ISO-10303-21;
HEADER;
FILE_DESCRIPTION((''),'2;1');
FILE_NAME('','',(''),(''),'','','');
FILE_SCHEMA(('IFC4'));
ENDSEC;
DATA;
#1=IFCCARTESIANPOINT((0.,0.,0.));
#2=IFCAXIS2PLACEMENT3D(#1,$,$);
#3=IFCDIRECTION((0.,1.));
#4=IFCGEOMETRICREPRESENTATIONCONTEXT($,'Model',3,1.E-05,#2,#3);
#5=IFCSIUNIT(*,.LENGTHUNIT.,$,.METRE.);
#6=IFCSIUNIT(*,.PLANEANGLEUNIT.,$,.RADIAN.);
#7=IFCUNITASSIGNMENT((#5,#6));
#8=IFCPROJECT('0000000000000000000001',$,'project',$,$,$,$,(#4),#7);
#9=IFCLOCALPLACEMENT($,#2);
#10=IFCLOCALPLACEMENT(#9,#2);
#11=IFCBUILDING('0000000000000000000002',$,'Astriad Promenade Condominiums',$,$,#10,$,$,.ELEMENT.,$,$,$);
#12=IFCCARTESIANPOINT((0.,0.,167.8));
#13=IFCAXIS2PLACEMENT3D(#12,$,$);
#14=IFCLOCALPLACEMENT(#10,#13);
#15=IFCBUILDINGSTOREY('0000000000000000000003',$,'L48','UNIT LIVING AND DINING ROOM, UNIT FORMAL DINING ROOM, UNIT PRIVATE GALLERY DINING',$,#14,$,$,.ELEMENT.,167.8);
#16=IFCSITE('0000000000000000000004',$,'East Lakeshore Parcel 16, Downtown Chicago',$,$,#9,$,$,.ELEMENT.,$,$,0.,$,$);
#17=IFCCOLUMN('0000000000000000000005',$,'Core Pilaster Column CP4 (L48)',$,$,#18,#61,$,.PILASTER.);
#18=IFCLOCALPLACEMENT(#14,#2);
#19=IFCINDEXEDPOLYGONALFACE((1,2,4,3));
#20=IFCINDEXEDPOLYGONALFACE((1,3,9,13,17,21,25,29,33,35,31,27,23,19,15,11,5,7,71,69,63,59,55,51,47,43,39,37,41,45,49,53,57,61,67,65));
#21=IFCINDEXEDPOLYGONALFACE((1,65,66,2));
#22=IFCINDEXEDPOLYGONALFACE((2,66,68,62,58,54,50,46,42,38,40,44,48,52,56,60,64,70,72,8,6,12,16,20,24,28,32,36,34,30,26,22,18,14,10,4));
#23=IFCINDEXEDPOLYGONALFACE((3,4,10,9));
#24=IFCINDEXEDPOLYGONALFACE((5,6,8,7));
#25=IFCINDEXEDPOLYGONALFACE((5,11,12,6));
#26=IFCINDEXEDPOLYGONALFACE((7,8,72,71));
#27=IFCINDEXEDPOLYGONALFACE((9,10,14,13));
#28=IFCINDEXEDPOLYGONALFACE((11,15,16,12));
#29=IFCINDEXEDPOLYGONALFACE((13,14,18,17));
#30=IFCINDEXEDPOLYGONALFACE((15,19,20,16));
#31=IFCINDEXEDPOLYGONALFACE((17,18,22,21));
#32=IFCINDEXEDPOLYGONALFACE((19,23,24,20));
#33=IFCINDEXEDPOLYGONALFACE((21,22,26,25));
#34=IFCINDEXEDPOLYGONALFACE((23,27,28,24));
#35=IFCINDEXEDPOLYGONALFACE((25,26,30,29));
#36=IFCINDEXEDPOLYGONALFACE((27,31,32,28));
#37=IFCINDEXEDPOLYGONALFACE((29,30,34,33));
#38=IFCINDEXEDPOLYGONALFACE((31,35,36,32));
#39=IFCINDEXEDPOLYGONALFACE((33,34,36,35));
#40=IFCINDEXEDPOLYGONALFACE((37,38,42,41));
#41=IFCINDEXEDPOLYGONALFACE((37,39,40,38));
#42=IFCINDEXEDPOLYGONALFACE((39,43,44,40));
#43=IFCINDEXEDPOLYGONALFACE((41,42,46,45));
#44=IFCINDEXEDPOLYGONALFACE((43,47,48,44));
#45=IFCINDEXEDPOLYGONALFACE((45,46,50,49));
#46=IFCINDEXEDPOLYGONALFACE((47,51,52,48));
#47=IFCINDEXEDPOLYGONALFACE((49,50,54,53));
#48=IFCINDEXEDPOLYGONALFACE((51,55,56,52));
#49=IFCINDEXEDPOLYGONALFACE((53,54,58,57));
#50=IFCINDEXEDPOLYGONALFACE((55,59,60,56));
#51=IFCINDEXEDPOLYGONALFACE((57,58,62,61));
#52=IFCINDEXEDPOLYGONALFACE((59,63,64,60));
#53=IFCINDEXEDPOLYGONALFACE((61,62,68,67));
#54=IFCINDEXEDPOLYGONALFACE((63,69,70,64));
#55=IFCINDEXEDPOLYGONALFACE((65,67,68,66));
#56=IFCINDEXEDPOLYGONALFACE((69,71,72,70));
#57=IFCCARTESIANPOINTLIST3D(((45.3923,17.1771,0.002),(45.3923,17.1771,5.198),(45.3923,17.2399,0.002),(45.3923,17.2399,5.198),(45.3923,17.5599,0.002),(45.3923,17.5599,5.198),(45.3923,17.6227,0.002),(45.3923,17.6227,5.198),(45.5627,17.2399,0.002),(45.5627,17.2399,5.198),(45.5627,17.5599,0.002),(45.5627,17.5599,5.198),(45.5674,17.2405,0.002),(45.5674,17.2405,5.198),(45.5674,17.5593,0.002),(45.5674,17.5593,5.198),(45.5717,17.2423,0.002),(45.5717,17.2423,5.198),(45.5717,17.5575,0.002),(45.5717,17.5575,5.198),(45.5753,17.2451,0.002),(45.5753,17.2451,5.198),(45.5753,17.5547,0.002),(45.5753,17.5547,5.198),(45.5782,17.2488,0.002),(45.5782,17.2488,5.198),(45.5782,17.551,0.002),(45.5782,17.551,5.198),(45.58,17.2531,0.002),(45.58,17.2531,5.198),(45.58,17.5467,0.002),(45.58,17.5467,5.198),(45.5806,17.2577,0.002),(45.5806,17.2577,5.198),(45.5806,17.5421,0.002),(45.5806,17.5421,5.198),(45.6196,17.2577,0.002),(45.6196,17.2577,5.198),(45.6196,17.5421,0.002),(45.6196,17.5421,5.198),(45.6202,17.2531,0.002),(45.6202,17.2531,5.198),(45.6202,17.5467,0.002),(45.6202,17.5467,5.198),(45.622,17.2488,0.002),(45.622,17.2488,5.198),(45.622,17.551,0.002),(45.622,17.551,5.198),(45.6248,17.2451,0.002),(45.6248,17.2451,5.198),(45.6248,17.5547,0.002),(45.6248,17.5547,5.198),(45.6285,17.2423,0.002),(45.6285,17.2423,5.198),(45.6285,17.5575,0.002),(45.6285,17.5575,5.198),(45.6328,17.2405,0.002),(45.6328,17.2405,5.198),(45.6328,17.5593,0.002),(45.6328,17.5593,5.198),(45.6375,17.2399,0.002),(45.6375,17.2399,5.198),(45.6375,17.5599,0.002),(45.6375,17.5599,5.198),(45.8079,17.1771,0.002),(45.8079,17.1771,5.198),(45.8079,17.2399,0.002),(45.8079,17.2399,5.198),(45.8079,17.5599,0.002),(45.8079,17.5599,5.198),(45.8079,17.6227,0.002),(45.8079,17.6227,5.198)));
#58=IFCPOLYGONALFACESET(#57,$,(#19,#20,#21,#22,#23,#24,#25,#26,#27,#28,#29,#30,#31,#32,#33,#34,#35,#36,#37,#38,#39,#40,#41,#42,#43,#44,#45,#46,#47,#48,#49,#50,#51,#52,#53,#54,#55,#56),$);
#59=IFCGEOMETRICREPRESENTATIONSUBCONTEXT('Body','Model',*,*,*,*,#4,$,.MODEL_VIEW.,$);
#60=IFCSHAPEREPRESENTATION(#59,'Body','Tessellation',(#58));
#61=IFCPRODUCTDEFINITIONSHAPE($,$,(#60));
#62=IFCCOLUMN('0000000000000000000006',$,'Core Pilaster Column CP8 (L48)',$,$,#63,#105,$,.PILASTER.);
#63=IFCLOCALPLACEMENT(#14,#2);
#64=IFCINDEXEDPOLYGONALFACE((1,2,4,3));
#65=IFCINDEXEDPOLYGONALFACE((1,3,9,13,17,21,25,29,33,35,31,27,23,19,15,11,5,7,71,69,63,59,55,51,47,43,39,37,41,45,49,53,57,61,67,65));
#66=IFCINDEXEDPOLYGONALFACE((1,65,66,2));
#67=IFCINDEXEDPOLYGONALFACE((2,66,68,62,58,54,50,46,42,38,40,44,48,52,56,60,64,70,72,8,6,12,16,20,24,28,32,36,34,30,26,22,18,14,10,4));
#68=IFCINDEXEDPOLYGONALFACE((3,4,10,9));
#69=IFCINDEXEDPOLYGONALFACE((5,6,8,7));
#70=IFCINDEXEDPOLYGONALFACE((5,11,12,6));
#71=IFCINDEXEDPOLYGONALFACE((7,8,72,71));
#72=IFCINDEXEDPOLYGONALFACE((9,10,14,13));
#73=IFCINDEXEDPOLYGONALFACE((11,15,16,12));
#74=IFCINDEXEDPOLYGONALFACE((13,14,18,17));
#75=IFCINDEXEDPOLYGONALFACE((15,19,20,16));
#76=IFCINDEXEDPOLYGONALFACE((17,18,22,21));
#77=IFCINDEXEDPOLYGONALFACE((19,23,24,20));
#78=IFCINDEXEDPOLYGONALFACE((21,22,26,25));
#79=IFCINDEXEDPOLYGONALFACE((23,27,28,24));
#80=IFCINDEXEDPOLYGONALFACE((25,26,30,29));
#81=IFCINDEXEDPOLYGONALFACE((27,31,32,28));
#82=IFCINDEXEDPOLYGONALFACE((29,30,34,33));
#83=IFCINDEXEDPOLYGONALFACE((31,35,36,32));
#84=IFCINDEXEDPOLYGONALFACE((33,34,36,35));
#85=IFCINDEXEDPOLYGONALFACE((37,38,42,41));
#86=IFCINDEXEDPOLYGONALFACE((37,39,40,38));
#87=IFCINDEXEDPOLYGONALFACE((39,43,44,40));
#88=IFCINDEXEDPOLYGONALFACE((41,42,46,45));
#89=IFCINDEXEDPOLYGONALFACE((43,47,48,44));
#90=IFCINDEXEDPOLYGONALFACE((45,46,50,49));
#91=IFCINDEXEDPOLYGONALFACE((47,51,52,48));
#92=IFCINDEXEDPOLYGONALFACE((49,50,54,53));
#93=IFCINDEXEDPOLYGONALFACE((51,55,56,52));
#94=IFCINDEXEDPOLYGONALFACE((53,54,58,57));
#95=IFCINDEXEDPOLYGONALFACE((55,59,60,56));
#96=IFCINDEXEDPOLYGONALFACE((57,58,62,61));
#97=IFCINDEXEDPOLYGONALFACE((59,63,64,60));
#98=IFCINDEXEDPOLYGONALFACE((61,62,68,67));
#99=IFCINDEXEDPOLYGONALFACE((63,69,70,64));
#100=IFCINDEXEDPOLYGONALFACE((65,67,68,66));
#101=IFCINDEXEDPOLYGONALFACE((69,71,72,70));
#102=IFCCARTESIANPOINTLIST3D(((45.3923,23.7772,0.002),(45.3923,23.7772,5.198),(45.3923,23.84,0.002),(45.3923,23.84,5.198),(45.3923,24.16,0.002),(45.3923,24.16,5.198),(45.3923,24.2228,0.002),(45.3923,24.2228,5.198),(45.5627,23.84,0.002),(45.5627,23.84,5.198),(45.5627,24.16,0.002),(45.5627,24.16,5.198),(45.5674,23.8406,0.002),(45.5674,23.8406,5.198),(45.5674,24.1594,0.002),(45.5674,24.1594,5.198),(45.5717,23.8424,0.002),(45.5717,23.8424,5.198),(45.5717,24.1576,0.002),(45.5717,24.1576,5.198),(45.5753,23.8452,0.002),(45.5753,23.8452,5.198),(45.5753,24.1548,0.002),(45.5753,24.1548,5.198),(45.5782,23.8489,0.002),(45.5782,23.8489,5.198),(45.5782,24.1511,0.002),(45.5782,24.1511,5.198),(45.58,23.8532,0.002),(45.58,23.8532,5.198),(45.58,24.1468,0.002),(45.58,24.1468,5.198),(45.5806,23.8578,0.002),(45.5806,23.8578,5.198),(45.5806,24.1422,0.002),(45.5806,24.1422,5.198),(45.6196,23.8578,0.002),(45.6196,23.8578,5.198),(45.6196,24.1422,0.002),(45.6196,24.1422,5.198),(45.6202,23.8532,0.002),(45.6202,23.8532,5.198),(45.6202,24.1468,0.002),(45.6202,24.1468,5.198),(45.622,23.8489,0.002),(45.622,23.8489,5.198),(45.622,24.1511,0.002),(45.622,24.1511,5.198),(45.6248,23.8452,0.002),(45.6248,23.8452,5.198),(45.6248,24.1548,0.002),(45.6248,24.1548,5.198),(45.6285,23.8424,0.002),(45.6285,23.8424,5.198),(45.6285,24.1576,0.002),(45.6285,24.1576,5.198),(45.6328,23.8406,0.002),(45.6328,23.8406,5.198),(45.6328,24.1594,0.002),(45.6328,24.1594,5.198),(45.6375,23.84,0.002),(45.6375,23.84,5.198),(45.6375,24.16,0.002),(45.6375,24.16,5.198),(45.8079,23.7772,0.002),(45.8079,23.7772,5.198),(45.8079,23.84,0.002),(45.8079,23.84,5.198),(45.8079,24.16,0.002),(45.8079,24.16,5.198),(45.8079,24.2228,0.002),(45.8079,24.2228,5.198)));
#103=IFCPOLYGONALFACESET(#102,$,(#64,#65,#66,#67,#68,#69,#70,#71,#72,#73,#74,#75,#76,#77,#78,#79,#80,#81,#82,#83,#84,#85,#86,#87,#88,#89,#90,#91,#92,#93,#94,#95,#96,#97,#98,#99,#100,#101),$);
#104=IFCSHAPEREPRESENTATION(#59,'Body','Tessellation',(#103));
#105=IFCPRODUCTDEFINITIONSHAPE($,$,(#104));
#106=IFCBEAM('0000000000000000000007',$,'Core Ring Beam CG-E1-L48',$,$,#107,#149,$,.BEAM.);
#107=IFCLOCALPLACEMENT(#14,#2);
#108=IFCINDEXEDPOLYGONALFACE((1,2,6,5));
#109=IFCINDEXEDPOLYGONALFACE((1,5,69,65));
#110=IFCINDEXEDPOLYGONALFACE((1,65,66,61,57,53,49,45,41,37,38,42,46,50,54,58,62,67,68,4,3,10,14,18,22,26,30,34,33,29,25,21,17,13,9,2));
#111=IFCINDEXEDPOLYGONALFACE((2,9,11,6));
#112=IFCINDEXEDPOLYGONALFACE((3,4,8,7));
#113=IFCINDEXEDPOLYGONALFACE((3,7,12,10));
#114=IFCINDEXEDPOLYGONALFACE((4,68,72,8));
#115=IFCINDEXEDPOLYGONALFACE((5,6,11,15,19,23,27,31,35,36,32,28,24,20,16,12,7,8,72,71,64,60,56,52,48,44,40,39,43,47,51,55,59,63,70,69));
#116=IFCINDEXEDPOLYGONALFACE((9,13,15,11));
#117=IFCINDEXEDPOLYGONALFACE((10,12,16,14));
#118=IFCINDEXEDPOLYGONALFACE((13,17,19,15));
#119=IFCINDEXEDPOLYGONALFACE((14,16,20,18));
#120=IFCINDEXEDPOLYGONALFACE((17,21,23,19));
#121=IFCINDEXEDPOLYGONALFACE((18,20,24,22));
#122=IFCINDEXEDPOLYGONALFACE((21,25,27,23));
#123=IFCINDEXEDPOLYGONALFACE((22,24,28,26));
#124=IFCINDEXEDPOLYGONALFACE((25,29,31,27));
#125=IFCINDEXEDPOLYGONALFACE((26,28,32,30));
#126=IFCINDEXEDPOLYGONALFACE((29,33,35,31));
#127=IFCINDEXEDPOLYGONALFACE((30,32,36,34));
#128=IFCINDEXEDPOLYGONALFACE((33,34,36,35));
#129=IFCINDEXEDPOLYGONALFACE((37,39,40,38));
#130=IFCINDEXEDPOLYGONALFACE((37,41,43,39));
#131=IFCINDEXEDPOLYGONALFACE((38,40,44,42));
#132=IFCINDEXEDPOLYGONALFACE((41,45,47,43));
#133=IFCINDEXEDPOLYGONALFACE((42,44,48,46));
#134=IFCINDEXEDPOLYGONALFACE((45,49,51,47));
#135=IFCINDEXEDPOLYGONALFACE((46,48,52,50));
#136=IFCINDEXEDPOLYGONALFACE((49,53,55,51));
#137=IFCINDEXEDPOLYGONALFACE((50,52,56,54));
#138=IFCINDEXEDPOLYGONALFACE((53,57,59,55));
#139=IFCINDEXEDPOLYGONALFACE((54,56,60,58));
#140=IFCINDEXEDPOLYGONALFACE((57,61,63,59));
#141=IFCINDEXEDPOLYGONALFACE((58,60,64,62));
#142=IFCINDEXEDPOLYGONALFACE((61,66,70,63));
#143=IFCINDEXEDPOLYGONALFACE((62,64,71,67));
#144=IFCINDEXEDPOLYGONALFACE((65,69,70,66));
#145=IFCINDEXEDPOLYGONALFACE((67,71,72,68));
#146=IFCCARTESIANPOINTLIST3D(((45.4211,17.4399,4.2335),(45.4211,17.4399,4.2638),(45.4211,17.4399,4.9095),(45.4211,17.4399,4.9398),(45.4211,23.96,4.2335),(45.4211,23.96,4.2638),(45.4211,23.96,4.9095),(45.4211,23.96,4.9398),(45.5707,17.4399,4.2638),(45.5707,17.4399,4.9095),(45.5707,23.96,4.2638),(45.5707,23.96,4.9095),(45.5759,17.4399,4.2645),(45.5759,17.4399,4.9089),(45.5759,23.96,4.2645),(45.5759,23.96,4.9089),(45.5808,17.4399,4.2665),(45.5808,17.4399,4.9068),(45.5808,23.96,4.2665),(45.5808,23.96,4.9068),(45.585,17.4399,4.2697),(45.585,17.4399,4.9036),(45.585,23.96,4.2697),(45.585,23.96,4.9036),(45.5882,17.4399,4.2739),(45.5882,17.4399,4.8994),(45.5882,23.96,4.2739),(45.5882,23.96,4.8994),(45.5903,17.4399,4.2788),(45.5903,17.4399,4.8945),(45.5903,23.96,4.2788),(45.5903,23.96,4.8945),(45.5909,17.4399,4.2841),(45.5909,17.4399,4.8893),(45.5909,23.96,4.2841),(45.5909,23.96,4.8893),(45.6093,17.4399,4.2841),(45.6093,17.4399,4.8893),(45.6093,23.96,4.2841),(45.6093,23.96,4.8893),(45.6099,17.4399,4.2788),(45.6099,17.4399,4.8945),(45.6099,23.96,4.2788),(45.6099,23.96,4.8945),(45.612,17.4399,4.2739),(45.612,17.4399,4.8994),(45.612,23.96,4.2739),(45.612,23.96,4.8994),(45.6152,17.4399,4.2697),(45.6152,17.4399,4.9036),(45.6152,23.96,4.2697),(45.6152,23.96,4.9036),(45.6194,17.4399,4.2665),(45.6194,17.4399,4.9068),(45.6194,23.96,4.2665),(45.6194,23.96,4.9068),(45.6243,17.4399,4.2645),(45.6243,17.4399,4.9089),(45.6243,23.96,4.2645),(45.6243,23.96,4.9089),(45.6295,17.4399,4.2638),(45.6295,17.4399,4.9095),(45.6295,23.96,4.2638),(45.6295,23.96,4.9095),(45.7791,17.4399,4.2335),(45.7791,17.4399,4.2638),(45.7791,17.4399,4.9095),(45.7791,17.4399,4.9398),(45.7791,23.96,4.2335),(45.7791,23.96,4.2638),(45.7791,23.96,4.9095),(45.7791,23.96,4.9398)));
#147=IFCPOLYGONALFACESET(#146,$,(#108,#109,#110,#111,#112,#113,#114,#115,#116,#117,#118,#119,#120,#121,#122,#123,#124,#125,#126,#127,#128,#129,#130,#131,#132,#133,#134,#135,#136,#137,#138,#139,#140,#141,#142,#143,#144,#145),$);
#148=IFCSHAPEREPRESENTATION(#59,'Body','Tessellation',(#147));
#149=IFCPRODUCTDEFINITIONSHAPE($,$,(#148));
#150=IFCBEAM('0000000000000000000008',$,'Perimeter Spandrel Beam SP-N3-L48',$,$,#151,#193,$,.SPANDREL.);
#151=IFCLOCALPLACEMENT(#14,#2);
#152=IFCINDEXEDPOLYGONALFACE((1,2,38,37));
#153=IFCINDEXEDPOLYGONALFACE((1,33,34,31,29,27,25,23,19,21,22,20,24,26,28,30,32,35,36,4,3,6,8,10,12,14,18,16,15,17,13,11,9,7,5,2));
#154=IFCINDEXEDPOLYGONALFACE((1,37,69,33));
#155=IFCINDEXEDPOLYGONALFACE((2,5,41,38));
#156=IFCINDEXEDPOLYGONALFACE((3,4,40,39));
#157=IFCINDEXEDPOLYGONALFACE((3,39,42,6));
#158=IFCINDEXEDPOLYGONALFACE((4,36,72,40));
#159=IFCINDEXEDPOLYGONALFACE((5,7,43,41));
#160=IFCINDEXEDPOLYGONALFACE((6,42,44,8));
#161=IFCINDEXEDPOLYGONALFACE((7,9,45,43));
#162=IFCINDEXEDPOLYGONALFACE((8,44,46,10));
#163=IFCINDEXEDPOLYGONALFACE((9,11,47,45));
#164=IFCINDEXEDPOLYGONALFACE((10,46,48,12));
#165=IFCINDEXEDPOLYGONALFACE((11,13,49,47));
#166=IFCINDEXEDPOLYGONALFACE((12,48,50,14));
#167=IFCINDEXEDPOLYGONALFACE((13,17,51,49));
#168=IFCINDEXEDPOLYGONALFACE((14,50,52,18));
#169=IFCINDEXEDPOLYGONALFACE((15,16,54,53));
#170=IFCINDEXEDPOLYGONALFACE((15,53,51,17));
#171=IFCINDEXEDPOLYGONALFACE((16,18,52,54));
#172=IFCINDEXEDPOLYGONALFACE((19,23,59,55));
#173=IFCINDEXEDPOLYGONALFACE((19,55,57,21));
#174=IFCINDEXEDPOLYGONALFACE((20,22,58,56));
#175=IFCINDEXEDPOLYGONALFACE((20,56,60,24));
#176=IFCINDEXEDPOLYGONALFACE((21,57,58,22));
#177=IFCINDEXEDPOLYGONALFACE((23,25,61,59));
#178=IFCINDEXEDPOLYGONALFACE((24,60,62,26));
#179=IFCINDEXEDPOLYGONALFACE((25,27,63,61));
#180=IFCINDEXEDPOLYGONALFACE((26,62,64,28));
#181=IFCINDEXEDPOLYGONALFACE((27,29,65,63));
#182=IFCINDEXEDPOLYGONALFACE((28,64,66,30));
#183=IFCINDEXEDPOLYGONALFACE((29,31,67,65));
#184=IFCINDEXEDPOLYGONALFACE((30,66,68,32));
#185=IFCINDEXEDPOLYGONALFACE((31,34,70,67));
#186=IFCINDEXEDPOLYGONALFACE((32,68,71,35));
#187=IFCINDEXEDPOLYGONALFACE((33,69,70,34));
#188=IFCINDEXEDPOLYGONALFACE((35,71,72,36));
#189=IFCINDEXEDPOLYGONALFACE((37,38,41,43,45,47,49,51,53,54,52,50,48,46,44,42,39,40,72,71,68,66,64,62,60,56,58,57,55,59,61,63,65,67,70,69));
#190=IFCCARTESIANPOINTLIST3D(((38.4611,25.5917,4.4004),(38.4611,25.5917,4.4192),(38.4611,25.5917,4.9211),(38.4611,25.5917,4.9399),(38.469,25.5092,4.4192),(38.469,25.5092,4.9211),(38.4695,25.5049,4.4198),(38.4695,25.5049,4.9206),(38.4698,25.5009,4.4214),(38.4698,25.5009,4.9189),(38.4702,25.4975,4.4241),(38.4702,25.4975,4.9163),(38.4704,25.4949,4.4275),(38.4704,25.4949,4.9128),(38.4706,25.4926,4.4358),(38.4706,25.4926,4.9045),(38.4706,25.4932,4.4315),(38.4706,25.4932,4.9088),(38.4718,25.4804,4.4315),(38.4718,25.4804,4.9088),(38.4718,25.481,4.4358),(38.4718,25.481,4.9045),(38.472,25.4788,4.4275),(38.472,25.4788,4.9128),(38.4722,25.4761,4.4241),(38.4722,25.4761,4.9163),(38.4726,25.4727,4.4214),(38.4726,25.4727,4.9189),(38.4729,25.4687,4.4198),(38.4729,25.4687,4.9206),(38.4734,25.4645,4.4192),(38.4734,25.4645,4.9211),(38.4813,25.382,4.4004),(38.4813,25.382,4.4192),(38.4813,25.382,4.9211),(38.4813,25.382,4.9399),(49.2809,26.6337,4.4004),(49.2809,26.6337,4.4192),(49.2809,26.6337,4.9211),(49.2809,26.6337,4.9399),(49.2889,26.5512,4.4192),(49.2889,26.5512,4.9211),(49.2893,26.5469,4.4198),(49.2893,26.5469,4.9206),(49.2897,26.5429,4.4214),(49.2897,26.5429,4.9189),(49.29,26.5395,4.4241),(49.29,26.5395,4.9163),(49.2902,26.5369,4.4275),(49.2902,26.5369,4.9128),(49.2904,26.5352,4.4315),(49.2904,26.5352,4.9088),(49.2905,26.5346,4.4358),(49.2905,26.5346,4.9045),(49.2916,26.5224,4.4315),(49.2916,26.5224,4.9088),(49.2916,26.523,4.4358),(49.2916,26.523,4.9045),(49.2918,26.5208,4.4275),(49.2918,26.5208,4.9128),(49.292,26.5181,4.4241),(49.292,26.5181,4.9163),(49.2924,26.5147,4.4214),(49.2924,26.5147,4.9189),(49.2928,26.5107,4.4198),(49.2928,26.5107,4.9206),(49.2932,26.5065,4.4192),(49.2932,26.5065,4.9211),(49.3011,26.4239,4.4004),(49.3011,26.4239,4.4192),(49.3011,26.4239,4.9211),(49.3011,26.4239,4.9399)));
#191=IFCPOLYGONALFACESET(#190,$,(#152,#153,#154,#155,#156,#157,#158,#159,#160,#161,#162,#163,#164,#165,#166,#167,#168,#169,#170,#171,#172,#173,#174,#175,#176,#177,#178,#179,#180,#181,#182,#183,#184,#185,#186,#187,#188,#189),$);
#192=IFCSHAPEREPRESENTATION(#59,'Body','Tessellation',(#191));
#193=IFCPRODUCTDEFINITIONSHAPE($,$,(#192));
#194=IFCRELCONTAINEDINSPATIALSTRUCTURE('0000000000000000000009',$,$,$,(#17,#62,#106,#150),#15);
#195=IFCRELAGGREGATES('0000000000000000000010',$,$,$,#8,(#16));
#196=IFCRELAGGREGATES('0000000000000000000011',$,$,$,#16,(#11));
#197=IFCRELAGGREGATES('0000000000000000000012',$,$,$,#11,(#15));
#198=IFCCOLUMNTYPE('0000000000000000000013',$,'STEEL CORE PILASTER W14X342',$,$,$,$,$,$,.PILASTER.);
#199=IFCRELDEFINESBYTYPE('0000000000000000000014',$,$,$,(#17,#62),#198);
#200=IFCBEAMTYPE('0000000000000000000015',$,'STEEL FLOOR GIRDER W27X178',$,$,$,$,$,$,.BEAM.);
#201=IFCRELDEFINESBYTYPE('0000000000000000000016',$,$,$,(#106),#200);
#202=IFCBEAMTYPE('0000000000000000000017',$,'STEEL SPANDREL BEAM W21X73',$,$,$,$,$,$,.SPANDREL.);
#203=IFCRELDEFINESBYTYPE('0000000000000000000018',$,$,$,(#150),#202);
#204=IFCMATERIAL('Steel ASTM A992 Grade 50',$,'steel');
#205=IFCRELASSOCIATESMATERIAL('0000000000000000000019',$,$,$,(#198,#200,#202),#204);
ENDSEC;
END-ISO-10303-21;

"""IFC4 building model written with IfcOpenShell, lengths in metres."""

from ifc_helpers import new_model, si_unit, direction, frame, origin, origin_2d, place, context, subcontext, project, spatial, i_section, extrude, source, transform, mapped, material, material_profile, profile_set, type_object, type_shapes, element, save


model = new_model("IFC4")

# Units and contexts
model_context = context("Model", 3, precision=1e-05, world=origin(), true_north=direction((0.0, 1.0)))
body_context = subcontext(model_context, "Body", "Model", "MODEL_VIEW")
ifc_project = project(units=[si_unit("LENGTHUNIT", "METRE"), si_unit("PLANEANGLEUNIT", "RADIAN")], contexts=[model_context])

# Site, building, storey
site_placement = place(None, origin())
site = spatial("IfcSite", under=ifc_project, at=site_placement, Name="East Lakeshore Parcel 16, Downtown Chicago", CompositionType="ELEMENT", RefElevation=0.0)
building_placement = place(site_placement, origin())
building = spatial("IfcBuilding", under=site, at=building_placement, Name="Astriad Promenade Condominiums", CompositionType="ELEMENT")
storey_placement = place(building_placement, frame((0.0, 0.0, 167.8)))
storey = spatial("IfcBuildingStorey", under=building, at=storey_placement, Name="L48", Description="UNIT LIVING AND DINING ROOM, UNIT FORMAL DINING ROOM, UNIT PRIVATE GALLERY DINING", CompositionType="ELEMENT", Elevation=167.8)

# Columns
ifc_material_1 = material(Name="Steel ASTM A992 Grade 50", Category="steel")
ifc_material_profile_1 = material_profile(ifc_material_1, i_section(OverallWidth=0.4155, OverallDepth=0.4456, WebThickness=0.0391, FlangeThickness=0.0627, FilletRadius=0.0178, at=origin_2d()), Name="W14X342")
ifc_profile_set_1 = profile_set([ifc_material_profile_1], Name="Steel ASTM A992 Grade 50")
column_type = type_object("IfcColumnType", Name="STEEL CORE PILASTER W14X342", PredefinedType="PILASTER", material=ifc_profile_set_1)
shared_shape_1 = source(origin(), body_context, "Body", "SweptSolid", [
    extrude(i_section(OverallWidth=0.4155, OverallDepth=0.4456, WebThickness=0.0391, FlangeThickness=0.0627, FilletRadius=0.0178, at=origin_2d()), origin(), (0.0, 0.0, 1.0), 5.196),
])
type_shapes(column_type, [shared_shape_1])
for number, where, z_axis, x_axis, name in (
    (1, (45.6001, 17.3999, 0.002), (0.0, 0.0, 1.0), (1.0, 0.0, 0.0), "Core Pilaster Column CP4 (L48)"),
    (2, (45.6001, 24.0, 0.002), (0.0, 0.0, 1.0), (1.0, 0.0, 0.0), "Core Pilaster Column CP8 (L48)"),
):
    element("IfcColumn", number, at=place(storey_placement, frame(where, z_axis=z_axis, x_axis=x_axis)), inside=storey, type_object=column_type, Name=name, PredefinedType="PILASTER", context=body_context, shape_type="MappedRepresentation", body=[
        mapped(shared_shape_1, transform((0.0, 0.0, 0.0), scale=1.0)),
    ])

# Beams
ifc_material_profile_2 = material_profile(ifc_material_1, i_section(OverallWidth=0.3579, OverallDepth=0.7063, WebThickness=0.0183, FlangeThickness=0.0303, FilletRadius=0.0203, at=origin_2d()), Name="W27X178")
ifc_profile_set_2 = profile_set([ifc_material_profile_2], Name="Steel ASTM A992 Grade 50")
beam_type_1 = type_object("IfcBeamType", Name="STEEL FLOOR GIRDER W27X178", PredefinedType="BEAM", material=ifc_profile_set_2)
shared_shape_2 = source(origin(), body_context, "Body", "SweptSolid", [
    extrude(i_section(OverallWidth=0.3579, OverallDepth=0.7063, WebThickness=0.0183, FlangeThickness=0.0303, FilletRadius=0.0203, at=origin_2d()), origin(), (0.0, 0.0, 1.0), 6.52),
])
type_shapes(beam_type_1, [shared_shape_2])
beam_1_placement = place(storey_placement, frame((45.6001, 17.4399, 4.5867), z_axis=(0.0, 1.0, 0.0), x_axis=(-1.0, 0.0, 0.0)))
element("IfcBeam", 3, at=beam_1_placement, inside=storey, type_object=beam_type_1, Name="Core Ring Beam CG-E1-L48", PredefinedType="BEAM", context=body_context, shape_type="MappedRepresentation", body=[
    mapped(shared_shape_2, transform((0.0, 0.0, 0.0), scale=1.0)),
])
ifc_material_profile_3 = material_profile(ifc_material_1, i_section(OverallWidth=0.2107, OverallDepth=0.5396, WebThickness=0.0117, FlangeThickness=0.0188, FilletRadius=0.0166, at=origin_2d()), Name="W21X73")
ifc_profile_set_3 = profile_set([ifc_material_profile_3], Name="Steel ASTM A992 Grade 50")
beam_type_2 = type_object("IfcBeamType", Name="STEEL SPANDREL BEAM W21X73", PredefinedType="SPANDREL", material=ifc_profile_set_3)
shared_shape_3 = source(origin(), body_context, "Body", "SweptSolid", [
    extrude(i_section(OverallWidth=0.2107, OverallDepth=0.5396, WebThickness=0.0117, FlangeThickness=0.0188, FilletRadius=0.0166, at=origin_2d()), origin(), (0.0, 0.0, 1.0), 10.8699),
])
type_shapes(beam_type_2, [shared_shape_3])
beam_2_placement = place(storey_placement, frame((49.291, 26.5288, 4.6702), z_axis=(-0.995395, -0.09586, 0.0), x_axis=(0.09586, -0.995395, 0.0)))
element("IfcBeam", 4, at=beam_2_placement, inside=storey, type_object=beam_type_2, Name="Perimeter Spandrel Beam SP-N3-L48", PredefinedType="SPANDREL", context=body_context, shape_type="MappedRepresentation", body=[
    mapped(shared_shape_3, transform((0.0, 0.0, 0.0), scale=1.0)),
])

save(model, "model.ifc")
